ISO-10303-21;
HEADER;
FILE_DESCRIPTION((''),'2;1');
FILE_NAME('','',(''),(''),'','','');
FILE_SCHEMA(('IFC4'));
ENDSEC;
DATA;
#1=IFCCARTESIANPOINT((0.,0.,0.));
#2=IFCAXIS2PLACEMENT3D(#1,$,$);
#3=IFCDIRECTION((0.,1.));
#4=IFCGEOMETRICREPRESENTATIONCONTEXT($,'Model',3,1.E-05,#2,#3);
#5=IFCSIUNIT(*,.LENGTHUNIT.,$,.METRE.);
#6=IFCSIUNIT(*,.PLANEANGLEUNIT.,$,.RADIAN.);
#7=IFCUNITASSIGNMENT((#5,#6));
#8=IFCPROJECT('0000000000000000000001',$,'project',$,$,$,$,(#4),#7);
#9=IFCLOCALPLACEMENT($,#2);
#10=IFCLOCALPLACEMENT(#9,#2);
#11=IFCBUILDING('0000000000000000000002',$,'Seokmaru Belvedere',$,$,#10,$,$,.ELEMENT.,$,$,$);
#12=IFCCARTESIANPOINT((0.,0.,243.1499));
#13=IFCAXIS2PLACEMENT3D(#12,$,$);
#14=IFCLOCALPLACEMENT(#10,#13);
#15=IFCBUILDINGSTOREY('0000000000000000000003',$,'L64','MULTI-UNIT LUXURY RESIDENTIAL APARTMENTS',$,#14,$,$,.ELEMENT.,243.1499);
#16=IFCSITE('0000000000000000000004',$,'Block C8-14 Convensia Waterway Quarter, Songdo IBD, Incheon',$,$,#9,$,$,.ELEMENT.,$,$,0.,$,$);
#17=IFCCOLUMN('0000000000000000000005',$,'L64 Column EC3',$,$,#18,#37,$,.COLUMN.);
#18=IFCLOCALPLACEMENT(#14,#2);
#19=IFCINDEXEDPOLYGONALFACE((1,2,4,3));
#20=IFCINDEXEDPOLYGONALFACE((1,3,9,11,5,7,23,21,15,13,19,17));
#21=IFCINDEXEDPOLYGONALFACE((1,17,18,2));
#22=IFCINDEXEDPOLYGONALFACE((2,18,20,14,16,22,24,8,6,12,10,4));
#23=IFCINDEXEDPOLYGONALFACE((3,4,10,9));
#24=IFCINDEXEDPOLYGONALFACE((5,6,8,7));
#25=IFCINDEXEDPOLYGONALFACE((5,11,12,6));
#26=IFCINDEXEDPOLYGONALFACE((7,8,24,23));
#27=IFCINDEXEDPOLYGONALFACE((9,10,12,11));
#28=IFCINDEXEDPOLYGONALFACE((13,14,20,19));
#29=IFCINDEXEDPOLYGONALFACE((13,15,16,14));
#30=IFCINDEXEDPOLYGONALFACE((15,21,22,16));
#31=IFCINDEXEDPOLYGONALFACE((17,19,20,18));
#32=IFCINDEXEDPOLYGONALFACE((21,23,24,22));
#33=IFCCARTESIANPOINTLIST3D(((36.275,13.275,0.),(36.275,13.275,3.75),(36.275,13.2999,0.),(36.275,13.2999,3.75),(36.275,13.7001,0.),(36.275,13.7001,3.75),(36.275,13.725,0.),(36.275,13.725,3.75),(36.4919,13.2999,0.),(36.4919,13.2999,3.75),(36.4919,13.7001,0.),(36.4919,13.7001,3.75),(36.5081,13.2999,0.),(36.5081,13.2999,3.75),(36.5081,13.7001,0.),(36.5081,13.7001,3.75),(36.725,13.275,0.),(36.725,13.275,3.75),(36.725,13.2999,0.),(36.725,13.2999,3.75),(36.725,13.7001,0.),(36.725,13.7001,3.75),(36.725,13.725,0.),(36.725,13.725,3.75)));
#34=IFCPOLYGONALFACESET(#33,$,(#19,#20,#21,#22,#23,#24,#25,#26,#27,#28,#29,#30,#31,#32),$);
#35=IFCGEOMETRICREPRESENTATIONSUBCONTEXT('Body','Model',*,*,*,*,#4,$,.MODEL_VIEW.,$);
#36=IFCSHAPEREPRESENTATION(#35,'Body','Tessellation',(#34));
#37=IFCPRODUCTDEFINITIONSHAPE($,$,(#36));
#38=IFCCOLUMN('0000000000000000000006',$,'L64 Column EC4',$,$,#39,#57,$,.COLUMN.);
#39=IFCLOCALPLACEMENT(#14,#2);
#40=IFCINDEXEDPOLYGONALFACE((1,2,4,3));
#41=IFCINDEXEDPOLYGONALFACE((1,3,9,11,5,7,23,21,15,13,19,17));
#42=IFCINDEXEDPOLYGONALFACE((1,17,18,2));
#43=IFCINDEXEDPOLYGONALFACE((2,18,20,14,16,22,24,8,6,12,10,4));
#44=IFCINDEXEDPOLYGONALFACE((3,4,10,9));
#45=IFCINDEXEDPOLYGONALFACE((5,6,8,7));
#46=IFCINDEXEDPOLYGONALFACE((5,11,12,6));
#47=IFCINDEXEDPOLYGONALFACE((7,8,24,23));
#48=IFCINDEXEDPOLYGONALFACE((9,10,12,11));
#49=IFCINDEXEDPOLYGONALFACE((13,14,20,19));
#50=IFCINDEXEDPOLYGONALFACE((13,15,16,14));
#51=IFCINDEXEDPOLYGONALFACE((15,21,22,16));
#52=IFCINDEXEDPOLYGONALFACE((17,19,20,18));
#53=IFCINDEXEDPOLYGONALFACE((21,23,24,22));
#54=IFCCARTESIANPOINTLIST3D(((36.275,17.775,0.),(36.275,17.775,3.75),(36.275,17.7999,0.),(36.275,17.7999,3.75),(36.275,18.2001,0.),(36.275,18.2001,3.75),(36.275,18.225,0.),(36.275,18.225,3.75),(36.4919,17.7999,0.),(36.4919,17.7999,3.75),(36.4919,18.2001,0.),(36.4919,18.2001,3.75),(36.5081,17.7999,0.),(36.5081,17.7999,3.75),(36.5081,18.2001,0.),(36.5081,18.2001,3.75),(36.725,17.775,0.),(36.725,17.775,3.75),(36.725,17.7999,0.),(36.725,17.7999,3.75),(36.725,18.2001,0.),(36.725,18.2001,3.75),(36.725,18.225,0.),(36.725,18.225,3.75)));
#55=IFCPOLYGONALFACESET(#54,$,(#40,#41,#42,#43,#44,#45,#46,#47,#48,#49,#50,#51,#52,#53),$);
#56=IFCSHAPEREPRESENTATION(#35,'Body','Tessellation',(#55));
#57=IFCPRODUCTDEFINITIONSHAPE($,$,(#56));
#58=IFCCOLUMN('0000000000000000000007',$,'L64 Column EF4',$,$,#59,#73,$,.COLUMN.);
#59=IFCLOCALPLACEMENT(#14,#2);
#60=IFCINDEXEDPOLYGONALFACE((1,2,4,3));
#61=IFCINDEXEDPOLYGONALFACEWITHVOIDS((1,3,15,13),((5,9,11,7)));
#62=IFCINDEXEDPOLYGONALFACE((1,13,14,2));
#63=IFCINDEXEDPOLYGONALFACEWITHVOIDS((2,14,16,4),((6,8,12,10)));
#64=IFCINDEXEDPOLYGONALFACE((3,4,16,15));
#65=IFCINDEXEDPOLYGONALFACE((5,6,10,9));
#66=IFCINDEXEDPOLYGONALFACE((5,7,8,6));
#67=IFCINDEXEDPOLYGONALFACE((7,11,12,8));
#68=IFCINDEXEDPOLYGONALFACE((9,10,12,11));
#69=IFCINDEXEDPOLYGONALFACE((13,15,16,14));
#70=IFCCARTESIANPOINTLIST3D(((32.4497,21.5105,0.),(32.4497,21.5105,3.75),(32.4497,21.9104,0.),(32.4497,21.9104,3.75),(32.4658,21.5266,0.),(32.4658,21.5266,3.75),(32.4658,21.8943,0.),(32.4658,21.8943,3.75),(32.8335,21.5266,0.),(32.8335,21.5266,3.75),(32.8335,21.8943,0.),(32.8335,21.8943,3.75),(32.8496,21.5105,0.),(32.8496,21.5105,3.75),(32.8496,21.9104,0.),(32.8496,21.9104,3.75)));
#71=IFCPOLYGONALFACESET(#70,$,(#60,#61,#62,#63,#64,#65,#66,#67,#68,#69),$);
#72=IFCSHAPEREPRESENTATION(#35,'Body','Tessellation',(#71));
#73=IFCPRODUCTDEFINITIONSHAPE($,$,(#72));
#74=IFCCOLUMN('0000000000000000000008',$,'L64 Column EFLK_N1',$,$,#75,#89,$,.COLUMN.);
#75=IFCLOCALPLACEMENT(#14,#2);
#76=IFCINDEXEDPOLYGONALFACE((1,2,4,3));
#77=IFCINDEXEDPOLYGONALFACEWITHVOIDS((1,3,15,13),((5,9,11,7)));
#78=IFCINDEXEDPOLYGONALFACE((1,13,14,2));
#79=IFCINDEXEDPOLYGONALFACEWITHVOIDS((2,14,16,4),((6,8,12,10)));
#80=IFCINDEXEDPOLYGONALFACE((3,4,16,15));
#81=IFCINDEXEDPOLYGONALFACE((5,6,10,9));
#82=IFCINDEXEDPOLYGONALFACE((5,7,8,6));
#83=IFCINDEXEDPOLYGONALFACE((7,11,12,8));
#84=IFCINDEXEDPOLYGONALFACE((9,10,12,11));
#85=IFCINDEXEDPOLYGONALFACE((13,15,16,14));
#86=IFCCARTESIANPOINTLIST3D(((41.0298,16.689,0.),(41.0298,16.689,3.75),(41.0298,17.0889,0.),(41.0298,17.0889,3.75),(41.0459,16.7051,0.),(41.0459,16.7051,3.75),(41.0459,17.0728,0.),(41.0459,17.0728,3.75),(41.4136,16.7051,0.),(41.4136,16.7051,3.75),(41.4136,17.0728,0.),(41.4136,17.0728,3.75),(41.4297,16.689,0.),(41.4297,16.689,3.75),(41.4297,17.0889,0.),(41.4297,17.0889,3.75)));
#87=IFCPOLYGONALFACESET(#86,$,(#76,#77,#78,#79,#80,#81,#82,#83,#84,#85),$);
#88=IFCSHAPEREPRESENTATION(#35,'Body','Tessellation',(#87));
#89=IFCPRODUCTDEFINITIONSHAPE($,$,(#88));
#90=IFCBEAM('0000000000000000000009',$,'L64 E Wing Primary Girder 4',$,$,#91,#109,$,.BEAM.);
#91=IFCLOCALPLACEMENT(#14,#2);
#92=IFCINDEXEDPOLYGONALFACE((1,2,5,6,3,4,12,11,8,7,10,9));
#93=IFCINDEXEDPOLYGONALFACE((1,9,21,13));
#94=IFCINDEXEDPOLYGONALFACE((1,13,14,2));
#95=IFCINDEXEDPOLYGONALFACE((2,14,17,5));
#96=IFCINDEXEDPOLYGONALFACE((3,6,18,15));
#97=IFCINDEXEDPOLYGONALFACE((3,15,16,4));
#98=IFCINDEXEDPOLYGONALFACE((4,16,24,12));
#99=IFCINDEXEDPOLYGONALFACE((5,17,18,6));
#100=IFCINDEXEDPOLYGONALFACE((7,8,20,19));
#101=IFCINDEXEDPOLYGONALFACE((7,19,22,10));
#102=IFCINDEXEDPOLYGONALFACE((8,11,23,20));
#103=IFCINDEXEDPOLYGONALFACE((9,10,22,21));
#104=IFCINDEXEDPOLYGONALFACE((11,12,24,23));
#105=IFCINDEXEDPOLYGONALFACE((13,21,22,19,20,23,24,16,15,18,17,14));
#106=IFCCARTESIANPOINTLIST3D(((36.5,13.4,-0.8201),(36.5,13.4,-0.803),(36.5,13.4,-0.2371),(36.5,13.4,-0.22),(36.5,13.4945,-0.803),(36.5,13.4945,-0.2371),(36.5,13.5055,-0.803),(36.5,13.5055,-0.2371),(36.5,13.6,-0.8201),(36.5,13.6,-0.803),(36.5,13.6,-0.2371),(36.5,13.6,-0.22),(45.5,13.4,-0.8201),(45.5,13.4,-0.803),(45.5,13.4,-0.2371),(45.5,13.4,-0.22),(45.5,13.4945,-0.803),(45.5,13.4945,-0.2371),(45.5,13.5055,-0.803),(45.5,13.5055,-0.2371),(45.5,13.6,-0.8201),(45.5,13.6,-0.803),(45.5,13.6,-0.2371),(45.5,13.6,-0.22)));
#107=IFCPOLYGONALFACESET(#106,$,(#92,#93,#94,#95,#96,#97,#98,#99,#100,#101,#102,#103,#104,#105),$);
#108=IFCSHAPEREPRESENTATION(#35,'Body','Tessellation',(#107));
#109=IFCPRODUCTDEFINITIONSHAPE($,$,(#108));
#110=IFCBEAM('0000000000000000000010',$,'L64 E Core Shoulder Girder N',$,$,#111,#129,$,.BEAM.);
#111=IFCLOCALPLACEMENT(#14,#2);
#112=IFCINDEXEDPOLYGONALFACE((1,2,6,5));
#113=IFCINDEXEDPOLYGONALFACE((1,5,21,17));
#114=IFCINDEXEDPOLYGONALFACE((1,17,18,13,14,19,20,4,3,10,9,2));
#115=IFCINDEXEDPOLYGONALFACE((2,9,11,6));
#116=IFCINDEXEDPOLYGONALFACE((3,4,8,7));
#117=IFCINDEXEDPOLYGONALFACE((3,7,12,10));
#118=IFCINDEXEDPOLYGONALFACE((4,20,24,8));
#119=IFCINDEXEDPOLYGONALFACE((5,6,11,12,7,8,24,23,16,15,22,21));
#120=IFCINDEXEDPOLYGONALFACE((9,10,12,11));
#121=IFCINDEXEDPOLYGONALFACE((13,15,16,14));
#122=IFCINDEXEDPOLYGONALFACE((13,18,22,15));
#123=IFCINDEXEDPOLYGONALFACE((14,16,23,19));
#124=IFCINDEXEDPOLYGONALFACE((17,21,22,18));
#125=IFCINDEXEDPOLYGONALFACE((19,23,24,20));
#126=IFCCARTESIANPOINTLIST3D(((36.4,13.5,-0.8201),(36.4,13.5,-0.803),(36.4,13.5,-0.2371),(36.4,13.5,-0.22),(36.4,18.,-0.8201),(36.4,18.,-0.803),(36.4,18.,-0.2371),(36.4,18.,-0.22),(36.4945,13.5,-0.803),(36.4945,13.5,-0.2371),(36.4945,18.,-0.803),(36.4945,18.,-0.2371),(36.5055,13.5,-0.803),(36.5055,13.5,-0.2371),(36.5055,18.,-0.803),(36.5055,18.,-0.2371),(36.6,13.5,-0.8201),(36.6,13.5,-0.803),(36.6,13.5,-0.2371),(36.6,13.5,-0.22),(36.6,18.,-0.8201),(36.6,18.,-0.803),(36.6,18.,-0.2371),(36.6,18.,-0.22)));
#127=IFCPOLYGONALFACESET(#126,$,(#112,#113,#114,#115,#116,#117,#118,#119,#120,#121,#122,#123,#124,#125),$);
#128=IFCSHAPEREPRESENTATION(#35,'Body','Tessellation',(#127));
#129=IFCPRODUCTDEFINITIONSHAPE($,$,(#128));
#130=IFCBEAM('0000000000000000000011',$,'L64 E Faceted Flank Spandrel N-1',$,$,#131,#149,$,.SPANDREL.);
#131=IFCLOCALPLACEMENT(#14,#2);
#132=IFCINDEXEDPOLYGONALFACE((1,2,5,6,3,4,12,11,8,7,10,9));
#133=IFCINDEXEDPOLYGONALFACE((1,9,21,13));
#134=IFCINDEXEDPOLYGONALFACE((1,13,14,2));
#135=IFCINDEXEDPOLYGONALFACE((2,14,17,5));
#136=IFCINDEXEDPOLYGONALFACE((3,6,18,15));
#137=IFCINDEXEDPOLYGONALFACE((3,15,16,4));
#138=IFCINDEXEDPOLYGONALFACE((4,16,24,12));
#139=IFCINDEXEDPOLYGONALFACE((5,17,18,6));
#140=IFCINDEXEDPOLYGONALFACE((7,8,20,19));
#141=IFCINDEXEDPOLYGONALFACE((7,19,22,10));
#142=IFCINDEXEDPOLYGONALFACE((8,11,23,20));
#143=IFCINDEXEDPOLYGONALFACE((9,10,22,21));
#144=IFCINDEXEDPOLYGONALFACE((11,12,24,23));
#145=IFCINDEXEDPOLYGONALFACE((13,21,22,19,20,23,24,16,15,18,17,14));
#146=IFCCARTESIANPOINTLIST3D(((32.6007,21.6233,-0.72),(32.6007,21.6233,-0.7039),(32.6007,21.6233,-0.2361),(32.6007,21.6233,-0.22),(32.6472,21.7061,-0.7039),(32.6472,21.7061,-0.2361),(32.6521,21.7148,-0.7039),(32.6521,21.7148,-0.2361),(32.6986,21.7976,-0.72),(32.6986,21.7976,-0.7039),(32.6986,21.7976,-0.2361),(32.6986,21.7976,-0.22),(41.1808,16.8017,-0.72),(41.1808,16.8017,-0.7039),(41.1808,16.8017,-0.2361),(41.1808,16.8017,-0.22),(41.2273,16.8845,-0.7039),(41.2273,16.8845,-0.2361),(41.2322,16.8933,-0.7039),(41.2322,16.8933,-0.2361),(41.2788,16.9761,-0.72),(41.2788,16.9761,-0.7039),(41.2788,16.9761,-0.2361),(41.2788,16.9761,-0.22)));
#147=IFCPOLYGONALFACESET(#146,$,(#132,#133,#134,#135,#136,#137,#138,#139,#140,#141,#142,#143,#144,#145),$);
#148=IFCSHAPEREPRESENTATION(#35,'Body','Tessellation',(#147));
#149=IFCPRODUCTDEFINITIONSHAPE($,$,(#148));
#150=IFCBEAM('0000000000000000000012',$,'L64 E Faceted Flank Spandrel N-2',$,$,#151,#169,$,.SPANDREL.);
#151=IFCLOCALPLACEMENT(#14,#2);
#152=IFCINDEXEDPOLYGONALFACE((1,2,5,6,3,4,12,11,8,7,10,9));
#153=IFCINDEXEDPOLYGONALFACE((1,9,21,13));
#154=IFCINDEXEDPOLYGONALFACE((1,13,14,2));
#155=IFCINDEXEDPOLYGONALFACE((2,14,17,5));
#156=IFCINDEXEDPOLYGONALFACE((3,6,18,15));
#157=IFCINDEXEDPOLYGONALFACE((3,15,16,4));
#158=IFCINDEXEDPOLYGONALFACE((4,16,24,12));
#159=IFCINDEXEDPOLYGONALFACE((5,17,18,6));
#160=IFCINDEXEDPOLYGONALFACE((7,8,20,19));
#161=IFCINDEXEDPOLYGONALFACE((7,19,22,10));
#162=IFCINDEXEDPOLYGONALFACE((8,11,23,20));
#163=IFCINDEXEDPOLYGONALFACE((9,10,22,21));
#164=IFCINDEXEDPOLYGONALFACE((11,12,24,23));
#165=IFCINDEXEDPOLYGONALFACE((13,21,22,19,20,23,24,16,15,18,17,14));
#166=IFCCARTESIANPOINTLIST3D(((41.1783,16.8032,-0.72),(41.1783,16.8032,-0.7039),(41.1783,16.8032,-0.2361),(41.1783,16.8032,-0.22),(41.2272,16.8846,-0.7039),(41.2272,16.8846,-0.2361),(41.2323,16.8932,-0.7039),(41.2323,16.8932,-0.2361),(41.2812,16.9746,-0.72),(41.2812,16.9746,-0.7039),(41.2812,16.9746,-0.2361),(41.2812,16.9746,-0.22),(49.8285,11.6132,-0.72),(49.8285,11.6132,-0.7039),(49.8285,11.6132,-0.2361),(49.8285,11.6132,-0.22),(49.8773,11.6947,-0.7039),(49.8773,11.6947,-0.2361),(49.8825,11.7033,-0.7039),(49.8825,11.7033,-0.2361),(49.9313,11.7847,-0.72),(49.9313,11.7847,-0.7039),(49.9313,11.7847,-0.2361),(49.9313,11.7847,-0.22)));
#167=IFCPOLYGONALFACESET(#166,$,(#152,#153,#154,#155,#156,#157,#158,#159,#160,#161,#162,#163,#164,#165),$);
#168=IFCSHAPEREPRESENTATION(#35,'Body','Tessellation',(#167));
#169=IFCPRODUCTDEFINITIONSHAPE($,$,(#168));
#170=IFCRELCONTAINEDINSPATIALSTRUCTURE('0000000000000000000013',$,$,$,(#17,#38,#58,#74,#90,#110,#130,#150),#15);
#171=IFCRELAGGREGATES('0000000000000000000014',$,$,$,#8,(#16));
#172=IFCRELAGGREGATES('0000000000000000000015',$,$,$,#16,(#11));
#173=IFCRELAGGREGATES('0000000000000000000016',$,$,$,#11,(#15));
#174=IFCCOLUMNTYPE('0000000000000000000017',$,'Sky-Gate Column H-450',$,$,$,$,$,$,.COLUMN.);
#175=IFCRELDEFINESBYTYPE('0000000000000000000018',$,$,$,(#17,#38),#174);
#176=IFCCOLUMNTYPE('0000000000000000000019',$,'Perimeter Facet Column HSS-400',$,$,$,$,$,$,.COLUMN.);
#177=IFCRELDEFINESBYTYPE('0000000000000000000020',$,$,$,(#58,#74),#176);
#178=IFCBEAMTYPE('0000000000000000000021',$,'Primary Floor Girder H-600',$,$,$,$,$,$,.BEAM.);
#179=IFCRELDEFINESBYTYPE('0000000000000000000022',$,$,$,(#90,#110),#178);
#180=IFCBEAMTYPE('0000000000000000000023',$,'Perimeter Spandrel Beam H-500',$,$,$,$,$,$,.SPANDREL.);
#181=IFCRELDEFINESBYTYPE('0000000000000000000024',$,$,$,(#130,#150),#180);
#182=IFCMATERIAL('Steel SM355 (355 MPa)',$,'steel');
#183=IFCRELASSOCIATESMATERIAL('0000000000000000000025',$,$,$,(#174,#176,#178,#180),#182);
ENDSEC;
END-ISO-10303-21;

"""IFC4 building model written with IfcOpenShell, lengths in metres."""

from ifc_helpers import new_model, si_unit, direction, frame, origin, origin_2d, place, context, subcontext, project, spatial, hollow_rectangle, i_section, extrude, source, transform, mapped, material, material_profile, profile_set, type_object, type_shapes, element, save


model = new_model("IFC4")

# Units and contexts
model_context = context("Model", 3, precision=1e-05, world=origin(), true_north=direction((0.0, 1.0)))
body_context = subcontext(model_context, "Body", "Model", "MODEL_VIEW")
ifc_project = project(units=[si_unit("LENGTHUNIT", "METRE"), si_unit("PLANEANGLEUNIT", "RADIAN")], contexts=[model_context])

# Site, building, storey
site_placement = place(None, origin())
site = spatial("IfcSite", under=ifc_project, at=site_placement, Name="Block C8-14 Convensia Waterway Quarter, Songdo IBD, Incheon", CompositionType="ELEMENT", RefElevation=0.0)
building_placement = place(site_placement, origin())
building = spatial("IfcBuilding", under=site, at=building_placement, Name="Seokmaru Belvedere", CompositionType="ELEMENT")
storey_placement = place(building_placement, frame((0.0, 0.0, 243.1499)))
storey = spatial("IfcBuildingStorey", under=building, at=storey_placement, Name="L64", Description="MULTI-UNIT LUXURY RESIDENTIAL APARTMENTS", CompositionType="ELEMENT", Elevation=243.1499)

# Columns
ifc_material_1 = material(Name="Steel SM355 (355 MPa)", Category="steel")
ifc_material_profile_1 = material_profile(ifc_material_1, i_section(OverallWidth=0.45, OverallDepth=0.45, WebThickness=0.0161, FlangeThickness=0.0249, at=origin_2d()), Name="H-450x450x16x25")
ifc_profile_set_1 = profile_set([ifc_material_profile_1], Name="Steel SM355 (355 MPa)")
column_type_1 = type_object("IfcColumnType", Name="Sky-Gate Column H-450", PredefinedType="COLUMN", material=ifc_profile_set_1)
shared_shape_1 = source(origin(), body_context, "Body", "SweptSolid", [
    extrude(i_section(OverallWidth=0.45, OverallDepth=0.45, WebThickness=0.0161, FlangeThickness=0.0249, at=origin_2d()), origin(), (0.0, 0.0, 1.0), 3.75),
])
type_shapes(column_type_1, [shared_shape_1])
for number, where, z_axis, x_axis, name in (
    (1, (36.5, 13.5, 0.0), (0.0, 0.0, 1.0), (1.0, 0.0, 0.0), "L64 Column EC3"),
    (2, (36.5, 18.0, 0.0), (0.0, 0.0, 1.0), (1.0, 0.0, 0.0), "L64 Column EC4"),
):
    element("IfcColumn", number, at=place(storey_placement, frame(where, z_axis=z_axis, x_axis=x_axis)), inside=storey, type_object=column_type_1, Name=name, PredefinedType="COLUMN", context=body_context, shape_type="MappedRepresentation", body=[
        mapped(shared_shape_1, transform((0.0, 0.0, 0.0), scale=1.0)),
    ])
ifc_material_profile_2 = material_profile(ifc_material_1, hollow_rectangle(XDim=0.3999, YDim=0.3999, WallThickness=0.0161, at=origin_2d()), Name="HSS-400x400x16")
ifc_profile_set_2 = profile_set([ifc_material_profile_2], Name="Steel SM355 (355 MPa)")
column_type_2 = type_object("IfcColumnType", Name="Perimeter Facet Column HSS-400", PredefinedType="COLUMN", material=ifc_profile_set_2)
shared_shape_2 = source(origin(), body_context, "Body", "SweptSolid", [
    extrude(hollow_rectangle(XDim=0.3999, YDim=0.3999, WallThickness=0.0161, at=origin_2d()), origin(), (0.0, 0.0, 1.0), 3.75),
])
type_shapes(column_type_2, [shared_shape_2])
for number, where, z_axis, x_axis, name in (
    (3, (32.6497, 21.7104, 0.0), (0.0, 0.0, 1.0), (1.0, 0.0, 0.0), "L64 Column EF4"),
    (4, (41.2297, 16.8889, 0.0), (0.0, 0.0, 1.0), (1.0, 0.0, 0.0), "L64 Column EFLK_N1"),
):
    element("IfcColumn", number, at=place(storey_placement, frame(where, z_axis=z_axis, x_axis=x_axis)), inside=storey, type_object=column_type_2, Name=name, PredefinedType="COLUMN", context=body_context, shape_type="MappedRepresentation", body=[
        mapped(shared_shape_2, transform((0.0, 0.0, 0.0), scale=1.0)),
    ])

# Beams
ifc_material_profile_3 = material_profile(ifc_material_1, i_section(OverallWidth=0.2, OverallDepth=0.6001, WebThickness=0.011, FlangeThickness=0.0171, at=origin_2d()), Name="H-600x200x11x17")
ifc_profile_set_3 = profile_set([ifc_material_profile_3], Name="Steel SM355 (355 MPa)")
beam_type_1 = type_object("IfcBeamType", Name="Primary Floor Girder H-600", PredefinedType="BEAM", material=ifc_profile_set_3)
shared_shape_3 = source(origin(), body_context, "Body", "SweptSolid", [
    extrude(i_section(OverallWidth=0.2, OverallDepth=0.6001, WebThickness=0.011, FlangeThickness=0.0171, at=origin_2d()), origin(), (0.0, 0.0, 1.0), 9.0),
])
beam_1_placement = place(storey_placement, frame((36.5, 13.5, -0.52), z_axis=(1.0, 0.0, 0.0), x_axis=(0.0, 1.0, 0.0)))
element("IfcBeam", 5, at=beam_1_placement, inside=storey, type_object=beam_type_1, Name="L64 E Wing Primary Girder 4", PredefinedType="BEAM", context=body_context, shape_type="MappedRepresentation", body=[
    mapped(shared_shape_3, transform((0.0, 0.0, 0.0), scale=1.0)),
])
shared_shape_4 = source(origin(), body_context, "Body", "SweptSolid", [
    extrude(i_section(OverallWidth=0.2, OverallDepth=0.6001, WebThickness=0.011, FlangeThickness=0.0171, at=origin_2d()), origin(), (0.0, 0.0, 1.0), 4.5),
])
type_shapes(beam_type_1, [shared_shape_3, shared_shape_4])
beam_2_placement = place(storey_placement, frame((36.5, 13.5, -0.52), z_axis=(0.0, 1.0, 0.0), x_axis=(-1.0, 0.0, 0.0)))
element("IfcBeam", 6, at=beam_2_placement, inside=storey, type_object=beam_type_1, Name="L64 E Core Shoulder Girder N", PredefinedType="BEAM", context=body_context, shape_type="MappedRepresentation", body=[
    mapped(shared_shape_4, transform((0.0, 0.0, 0.0), scale=1.0)),
])
ifc_material_profile_4 = material_profile(ifc_material_1, i_section(OverallWidth=0.2, OverallDepth=0.5, WebThickness=0.01, FlangeThickness=0.0161, at=origin_2d()), Name="H-500x200x10x16")
ifc_profile_set_4 = profile_set([ifc_material_profile_4], Name="Steel SM355 (355 MPa)")
beam_type_2 = type_object("IfcBeamType", Name="Perimeter Spandrel Beam H-500", PredefinedType="SPANDREL", material=ifc_profile_set_4)
shared_shape_5 = source(origin(), body_context, "Body", "SweptSolid", [
    extrude(i_section(OverallWidth=0.2, OverallDepth=0.5, WebThickness=0.01, FlangeThickness=0.0161, at=origin_2d()), origin(), (0.0, 0.0, 1.0), 9.842),
])
beam_3_placement = place(storey_placement, frame((32.6497, 21.7104, -0.47), z_axis=(0.871782, -0.489894, 0.0), x_axis=(0.489894, 0.871782, 0.0)))
element("IfcBeam", 7, at=beam_3_placement, inside=storey, type_object=beam_type_2, Name="L64 E Faceted Flank Spandrel N-1", PredefinedType="SPANDREL", context=body_context, shape_type="MappedRepresentation", body=[
    mapped(shared_shape_5, transform((0.0, 0.0, 0.0), scale=1.0)),
])
shared_shape_6 = source(origin(), body_context, "Body", "SweptSolid", [
    extrude(i_section(OverallWidth=0.2, OverallDepth=0.5, WebThickness=0.01, FlangeThickness=0.0161, at=origin_2d()), origin(), (0.0, 0.0, 1.0), 10.0876),
])
beam_4_placement = place(storey_placement, frame((41.2297, 16.8889, -0.47), z_axis=(0.857499, -0.514485, 0.0), x_axis=(0.514485, 0.857499, 0.0)))
element("IfcBeam", 8, at=beam_4_placement, inside=storey, type_object=beam_type_2, Name="L64 E Faceted Flank Spandrel N-2", PredefinedType="SPANDREL", context=body_context, shape_type="MappedRepresentation", body=[
    mapped(shared_shape_6, transform((0.0, 0.0, 0.0), scale=1.0)),
])

save(model, "model.ifc")
